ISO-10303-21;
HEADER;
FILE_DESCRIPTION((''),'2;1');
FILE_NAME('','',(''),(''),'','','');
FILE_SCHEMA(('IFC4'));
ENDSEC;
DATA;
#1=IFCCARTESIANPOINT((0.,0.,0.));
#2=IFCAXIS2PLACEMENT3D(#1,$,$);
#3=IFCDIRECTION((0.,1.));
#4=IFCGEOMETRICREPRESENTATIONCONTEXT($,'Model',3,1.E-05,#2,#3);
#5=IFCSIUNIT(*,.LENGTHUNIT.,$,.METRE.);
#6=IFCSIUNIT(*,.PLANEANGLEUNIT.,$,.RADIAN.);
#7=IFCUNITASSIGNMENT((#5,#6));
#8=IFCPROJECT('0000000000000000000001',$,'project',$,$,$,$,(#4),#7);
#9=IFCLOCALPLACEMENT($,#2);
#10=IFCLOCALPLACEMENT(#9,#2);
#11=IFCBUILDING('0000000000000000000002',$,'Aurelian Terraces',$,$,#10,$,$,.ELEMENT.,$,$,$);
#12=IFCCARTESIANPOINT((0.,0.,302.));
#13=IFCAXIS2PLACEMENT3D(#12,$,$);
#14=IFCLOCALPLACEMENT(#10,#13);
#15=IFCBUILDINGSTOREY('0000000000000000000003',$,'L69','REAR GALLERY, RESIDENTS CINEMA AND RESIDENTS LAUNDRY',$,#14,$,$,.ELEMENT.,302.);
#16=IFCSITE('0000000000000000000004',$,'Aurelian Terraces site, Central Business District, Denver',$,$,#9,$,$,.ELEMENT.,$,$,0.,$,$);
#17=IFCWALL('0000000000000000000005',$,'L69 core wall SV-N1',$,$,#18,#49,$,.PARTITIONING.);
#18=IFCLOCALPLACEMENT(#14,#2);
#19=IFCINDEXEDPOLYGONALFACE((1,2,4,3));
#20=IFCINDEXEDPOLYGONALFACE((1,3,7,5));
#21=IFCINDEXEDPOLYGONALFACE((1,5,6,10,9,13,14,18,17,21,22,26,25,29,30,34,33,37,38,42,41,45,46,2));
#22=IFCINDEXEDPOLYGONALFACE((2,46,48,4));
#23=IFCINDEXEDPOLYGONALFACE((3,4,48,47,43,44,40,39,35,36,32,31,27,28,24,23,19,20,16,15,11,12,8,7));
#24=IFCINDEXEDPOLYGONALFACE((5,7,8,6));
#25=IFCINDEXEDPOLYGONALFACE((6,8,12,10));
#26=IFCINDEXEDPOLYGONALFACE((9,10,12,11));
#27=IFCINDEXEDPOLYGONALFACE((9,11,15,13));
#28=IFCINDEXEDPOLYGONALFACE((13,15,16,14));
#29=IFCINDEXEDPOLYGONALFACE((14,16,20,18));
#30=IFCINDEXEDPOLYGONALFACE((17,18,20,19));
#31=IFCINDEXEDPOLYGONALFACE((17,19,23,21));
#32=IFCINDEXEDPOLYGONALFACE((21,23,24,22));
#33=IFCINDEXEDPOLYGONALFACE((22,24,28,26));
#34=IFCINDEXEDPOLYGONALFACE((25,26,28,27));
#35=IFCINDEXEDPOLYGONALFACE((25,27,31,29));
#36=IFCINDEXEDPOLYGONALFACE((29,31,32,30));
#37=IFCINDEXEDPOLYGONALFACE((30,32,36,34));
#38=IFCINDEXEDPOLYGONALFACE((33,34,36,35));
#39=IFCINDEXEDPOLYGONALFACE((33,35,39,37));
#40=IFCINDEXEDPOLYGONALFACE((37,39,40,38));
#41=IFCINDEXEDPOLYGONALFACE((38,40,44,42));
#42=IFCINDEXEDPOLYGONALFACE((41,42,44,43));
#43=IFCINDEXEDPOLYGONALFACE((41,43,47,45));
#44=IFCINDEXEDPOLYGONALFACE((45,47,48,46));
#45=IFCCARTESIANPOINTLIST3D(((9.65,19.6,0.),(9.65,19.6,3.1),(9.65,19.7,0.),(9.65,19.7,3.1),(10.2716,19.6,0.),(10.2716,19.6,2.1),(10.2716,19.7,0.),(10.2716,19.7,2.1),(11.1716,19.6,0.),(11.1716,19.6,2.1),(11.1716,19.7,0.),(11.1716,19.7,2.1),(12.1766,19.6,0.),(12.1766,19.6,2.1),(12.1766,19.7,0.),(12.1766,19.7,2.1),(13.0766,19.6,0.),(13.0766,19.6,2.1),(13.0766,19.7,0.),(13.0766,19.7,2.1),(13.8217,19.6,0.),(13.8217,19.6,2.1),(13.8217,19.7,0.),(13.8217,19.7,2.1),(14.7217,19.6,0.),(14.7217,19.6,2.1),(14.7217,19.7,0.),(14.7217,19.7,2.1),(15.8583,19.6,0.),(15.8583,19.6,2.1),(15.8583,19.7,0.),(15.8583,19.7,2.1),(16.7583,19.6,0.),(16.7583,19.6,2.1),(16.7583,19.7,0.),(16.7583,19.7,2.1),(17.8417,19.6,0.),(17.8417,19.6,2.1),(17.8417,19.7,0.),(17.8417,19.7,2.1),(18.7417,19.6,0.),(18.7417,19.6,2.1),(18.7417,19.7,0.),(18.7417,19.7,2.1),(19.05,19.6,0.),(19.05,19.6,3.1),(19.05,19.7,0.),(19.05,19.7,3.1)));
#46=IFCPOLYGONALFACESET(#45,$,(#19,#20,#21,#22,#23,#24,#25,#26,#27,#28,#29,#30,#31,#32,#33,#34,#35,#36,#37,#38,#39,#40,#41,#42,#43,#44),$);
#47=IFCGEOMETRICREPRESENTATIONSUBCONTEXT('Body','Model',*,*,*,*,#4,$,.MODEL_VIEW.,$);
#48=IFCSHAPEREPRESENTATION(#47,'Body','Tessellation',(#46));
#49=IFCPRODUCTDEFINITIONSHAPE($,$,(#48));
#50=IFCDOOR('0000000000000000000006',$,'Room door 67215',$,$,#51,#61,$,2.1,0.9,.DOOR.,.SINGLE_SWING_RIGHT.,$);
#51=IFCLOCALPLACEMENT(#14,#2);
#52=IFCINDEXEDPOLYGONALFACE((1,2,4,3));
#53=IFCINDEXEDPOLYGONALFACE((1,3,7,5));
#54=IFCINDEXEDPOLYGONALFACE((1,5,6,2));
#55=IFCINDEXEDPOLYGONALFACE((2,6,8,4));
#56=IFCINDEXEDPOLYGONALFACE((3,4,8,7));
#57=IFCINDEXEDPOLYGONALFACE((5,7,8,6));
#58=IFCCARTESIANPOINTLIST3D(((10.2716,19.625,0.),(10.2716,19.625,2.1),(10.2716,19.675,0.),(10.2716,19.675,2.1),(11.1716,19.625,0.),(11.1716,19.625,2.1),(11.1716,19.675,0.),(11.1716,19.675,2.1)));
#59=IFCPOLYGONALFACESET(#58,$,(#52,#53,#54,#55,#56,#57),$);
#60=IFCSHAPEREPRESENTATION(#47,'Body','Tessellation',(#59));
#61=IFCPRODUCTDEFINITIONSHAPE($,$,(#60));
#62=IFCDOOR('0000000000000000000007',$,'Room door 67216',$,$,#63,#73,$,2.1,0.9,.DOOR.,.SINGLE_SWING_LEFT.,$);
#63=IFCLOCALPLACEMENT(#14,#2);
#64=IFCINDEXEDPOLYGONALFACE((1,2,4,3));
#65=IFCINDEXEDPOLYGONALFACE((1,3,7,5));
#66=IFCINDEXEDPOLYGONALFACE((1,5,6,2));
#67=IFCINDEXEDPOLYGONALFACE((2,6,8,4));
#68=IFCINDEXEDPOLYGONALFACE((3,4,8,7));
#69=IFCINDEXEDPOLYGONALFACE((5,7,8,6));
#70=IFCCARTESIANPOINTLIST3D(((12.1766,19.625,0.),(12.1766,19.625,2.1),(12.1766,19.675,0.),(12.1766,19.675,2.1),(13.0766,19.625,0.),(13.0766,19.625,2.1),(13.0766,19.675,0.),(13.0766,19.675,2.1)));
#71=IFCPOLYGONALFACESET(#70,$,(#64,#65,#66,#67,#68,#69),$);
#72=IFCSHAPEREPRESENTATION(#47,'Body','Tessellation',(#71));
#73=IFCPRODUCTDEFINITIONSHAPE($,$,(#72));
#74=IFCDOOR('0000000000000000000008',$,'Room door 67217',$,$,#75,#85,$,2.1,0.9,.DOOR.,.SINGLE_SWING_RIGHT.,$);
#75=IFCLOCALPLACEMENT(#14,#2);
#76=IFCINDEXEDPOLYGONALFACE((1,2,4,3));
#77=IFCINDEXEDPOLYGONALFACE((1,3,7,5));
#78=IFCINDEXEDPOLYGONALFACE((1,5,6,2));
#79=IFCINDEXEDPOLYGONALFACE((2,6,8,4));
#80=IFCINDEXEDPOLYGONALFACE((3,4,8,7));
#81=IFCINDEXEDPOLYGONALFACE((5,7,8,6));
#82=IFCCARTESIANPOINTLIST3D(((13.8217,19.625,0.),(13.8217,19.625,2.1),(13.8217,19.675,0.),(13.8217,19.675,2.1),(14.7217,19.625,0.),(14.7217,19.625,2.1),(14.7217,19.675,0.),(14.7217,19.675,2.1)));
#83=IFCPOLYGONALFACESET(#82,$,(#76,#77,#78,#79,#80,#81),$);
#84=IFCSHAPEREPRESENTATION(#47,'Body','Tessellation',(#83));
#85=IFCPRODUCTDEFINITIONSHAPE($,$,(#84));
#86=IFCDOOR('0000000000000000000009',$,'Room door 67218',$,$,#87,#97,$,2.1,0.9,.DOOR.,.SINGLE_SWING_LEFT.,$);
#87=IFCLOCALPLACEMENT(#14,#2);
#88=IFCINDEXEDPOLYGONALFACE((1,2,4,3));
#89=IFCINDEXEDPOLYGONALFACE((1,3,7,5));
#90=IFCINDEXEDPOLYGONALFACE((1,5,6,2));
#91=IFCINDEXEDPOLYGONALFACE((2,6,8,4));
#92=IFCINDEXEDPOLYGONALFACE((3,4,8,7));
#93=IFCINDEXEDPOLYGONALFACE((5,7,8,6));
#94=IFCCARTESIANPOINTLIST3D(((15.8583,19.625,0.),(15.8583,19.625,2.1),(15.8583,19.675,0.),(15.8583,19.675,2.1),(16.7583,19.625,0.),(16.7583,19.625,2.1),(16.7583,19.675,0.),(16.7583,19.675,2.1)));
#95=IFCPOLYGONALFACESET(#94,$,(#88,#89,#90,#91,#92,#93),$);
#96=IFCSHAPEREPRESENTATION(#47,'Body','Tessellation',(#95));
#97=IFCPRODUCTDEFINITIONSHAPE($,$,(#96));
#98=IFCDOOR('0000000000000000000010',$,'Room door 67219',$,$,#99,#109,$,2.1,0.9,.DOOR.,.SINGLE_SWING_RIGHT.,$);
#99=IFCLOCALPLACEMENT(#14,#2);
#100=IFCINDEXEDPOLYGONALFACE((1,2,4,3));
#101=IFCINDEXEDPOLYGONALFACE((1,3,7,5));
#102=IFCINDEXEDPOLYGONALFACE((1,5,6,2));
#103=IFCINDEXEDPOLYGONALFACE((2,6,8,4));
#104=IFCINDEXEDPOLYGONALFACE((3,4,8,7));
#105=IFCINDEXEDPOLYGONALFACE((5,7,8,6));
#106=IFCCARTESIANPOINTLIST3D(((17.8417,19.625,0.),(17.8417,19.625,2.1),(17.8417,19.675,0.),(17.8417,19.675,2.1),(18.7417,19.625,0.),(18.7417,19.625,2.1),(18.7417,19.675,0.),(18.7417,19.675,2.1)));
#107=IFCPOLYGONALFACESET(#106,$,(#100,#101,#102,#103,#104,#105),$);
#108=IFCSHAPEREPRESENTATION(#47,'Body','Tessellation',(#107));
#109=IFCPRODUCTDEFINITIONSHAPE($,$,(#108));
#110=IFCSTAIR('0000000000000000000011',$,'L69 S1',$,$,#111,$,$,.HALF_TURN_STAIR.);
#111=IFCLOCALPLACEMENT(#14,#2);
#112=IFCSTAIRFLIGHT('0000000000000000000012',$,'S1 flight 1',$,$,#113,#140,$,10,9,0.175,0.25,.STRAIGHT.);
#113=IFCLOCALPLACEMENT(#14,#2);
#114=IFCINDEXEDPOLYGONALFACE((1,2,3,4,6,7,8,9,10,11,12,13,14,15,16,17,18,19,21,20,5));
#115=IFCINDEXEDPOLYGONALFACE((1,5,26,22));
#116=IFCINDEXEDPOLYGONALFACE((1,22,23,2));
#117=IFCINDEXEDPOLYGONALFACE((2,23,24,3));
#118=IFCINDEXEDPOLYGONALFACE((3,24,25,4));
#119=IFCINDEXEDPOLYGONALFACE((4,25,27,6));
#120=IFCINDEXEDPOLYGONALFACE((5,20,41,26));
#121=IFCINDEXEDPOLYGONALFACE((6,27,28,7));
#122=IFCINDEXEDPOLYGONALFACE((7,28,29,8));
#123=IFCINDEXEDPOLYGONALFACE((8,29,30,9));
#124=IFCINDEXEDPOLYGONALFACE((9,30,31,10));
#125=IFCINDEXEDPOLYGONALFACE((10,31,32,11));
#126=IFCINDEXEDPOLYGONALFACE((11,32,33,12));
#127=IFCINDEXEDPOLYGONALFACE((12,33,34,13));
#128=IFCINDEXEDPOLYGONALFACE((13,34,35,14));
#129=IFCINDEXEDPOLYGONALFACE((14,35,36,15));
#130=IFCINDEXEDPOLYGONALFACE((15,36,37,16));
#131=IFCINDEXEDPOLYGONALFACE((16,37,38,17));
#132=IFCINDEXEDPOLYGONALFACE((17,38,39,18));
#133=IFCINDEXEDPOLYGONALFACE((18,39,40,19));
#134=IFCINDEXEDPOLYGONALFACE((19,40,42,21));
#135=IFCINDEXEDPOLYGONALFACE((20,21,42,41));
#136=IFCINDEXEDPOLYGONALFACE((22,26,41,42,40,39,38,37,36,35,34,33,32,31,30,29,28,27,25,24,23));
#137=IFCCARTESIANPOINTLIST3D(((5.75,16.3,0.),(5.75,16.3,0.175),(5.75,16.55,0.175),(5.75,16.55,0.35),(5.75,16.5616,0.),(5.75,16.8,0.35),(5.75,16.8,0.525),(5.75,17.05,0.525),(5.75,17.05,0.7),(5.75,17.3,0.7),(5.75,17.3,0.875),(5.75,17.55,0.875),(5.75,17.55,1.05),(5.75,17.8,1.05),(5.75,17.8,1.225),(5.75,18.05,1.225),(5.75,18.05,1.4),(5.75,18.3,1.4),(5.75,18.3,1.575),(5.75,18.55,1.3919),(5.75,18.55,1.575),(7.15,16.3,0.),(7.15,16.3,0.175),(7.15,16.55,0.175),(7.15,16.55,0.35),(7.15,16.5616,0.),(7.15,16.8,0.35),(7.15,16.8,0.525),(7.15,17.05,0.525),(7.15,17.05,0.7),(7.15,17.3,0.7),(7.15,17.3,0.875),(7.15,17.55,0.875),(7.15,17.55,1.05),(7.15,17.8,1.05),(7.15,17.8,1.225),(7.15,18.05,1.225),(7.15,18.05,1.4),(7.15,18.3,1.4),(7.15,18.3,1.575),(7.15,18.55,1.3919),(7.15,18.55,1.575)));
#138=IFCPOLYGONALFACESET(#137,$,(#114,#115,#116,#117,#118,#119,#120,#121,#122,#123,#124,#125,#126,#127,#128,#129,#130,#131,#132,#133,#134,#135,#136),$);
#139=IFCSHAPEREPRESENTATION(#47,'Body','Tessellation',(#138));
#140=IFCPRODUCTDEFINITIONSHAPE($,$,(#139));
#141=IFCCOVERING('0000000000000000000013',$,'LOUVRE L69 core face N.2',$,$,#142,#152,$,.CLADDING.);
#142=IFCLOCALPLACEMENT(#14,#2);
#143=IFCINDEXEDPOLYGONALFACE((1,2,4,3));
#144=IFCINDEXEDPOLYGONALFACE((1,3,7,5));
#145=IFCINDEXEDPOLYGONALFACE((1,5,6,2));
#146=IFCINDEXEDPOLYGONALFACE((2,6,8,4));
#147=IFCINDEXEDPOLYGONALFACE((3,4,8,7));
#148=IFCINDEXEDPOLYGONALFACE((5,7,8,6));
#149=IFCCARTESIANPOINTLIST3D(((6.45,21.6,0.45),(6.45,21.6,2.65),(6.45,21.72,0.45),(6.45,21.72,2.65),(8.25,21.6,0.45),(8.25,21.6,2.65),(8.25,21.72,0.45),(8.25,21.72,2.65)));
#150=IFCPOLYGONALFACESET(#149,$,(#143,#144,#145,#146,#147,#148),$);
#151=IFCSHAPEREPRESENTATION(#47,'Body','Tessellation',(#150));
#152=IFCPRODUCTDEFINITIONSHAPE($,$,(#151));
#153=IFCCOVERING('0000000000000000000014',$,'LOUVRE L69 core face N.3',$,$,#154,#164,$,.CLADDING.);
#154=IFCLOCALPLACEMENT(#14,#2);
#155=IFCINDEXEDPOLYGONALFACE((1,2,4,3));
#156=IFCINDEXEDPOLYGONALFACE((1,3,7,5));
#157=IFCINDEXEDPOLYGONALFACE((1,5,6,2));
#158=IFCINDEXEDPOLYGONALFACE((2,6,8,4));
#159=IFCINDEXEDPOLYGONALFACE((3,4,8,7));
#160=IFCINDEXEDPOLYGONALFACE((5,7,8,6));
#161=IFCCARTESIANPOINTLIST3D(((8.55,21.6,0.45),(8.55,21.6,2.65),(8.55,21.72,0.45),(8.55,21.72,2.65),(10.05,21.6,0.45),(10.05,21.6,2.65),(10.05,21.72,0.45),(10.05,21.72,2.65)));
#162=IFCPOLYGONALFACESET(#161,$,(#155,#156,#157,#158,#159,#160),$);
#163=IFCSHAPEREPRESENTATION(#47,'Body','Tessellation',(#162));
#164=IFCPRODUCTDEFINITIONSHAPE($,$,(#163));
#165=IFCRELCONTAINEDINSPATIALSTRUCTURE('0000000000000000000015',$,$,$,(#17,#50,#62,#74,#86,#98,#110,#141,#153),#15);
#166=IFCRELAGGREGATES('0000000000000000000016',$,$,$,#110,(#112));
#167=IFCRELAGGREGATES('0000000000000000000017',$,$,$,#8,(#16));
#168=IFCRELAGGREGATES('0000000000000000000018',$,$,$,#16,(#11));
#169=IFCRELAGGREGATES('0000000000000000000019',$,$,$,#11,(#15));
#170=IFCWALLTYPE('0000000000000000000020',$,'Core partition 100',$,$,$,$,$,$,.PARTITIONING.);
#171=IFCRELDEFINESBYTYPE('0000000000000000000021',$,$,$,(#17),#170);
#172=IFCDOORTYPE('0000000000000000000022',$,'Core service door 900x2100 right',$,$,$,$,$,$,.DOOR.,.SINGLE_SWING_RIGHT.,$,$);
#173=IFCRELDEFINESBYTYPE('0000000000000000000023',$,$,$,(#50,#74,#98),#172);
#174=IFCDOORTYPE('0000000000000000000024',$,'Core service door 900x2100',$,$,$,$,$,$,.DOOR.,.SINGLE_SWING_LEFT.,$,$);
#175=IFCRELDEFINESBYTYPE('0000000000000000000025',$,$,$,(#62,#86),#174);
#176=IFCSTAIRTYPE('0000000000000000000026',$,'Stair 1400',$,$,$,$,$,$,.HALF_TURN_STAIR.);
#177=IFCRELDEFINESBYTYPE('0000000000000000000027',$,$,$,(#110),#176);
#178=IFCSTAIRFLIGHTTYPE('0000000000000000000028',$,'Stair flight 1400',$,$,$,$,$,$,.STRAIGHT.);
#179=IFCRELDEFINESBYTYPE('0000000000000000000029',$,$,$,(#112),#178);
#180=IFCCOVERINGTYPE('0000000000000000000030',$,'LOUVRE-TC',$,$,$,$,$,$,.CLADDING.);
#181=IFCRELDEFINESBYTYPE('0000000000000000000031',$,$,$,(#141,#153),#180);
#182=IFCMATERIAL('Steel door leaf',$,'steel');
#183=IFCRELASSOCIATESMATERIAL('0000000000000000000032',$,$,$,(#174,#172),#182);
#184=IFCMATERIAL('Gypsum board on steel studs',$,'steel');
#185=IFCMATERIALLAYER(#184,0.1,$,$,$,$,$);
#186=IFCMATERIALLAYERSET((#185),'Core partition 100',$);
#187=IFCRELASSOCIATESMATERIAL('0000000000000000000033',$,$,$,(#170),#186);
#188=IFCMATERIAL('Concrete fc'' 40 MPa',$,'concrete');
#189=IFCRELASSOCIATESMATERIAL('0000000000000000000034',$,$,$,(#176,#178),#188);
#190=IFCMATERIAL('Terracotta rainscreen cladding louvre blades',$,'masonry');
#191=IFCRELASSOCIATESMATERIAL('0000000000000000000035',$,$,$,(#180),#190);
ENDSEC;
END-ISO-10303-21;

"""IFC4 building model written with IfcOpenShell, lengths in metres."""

from ifc_helpers import new_model, si_unit, direction, frame, frame_2d, origin, origin_2d, place, context, subcontext, project, spatial, polyline, rectangle, outline, extrude, source, transform, mapped, material, layer, layer_set, type_object, element, fill, aggregate, save


model = new_model("IFC4")

# Units and contexts
model_context = context("Model", 3, precision=1e-05, world=origin(), true_north=direction((0.0, 1.0)))
body_context = subcontext(model_context, "Body", "Model", "MODEL_VIEW")
ifc_project = project(units=[si_unit("LENGTHUNIT", "METRE"), si_unit("PLANEANGLEUNIT", "RADIAN")], contexts=[model_context])

# Site, building, storey
site_placement = place(None, origin())
site = spatial("IfcSite", under=ifc_project, at=site_placement, Name="Aurelian Terraces site, Central Business District, Denver", CompositionType="ELEMENT", RefElevation=0.0)
building_placement = place(site_placement, origin())
building = spatial("IfcBuilding", under=site, at=building_placement, Name="Aurelian Terraces", CompositionType="ELEMENT")
storey_placement = place(building_placement, frame((0.0, 0.0, 302.0)))
storey = spatial("IfcBuildingStorey", under=building, at=storey_placement, Name="L69", Description="REAR GALLERY, RESIDENTS CINEMA AND RESIDENTS LAUNDRY", CompositionType="ELEMENT", Elevation=302.0)

# Shared definitions
ifc_material_1 = material(Name="Steel door leaf", Category="steel")

# Shared definitions
ifc_material_2 = material(Name="Gypsum board on steel studs", Category="steel")
door_type_1 = type_object("IfcDoorType", Name="Core service door 900x2100", OperationType="SINGLE_SWING_LEFT", PredefinedType="DOOR", material=ifc_material_1)
shared_shape_1 = source(origin(), body_context, "Body", "SweptSolid", [
    extrude(rectangle(XDim=0.9, YDim=2.1, at=frame_2d((0.45, 1.05))), frame((0.0, 0.025, 0.0), z_axis=(0.0, -1.0, 0.0), x_axis=(1.0, 0.0, 0.0)), (0.0, 0.0, 1.0), 0.05),
])
door_type_2 = type_object("IfcDoorType", Name="Core service door 900x2100 right", OperationType="SINGLE_SWING_RIGHT", PredefinedType="DOOR", material=ifc_material_1)

# Shared definitions
ifc_layer_1 = layer(ifc_material_2, 0.1)
ifc_layer_set_1 = layer_set([ifc_layer_1], Name="Core partition 100")
wall_type_1 = type_object("IfcWallType", Name="Core partition 100", PredefinedType="PARTITIONING", material=ifc_layer_set_1)

# Wall, openings, doors
shared_shape_2 = source(origin(), body_context, "Body", "SweptSolid", [
    extrude(rectangle(XDim=9.4, YDim=0.1, at=frame_2d((4.7, 0.0))), origin(), (0.0, 0.0, 1.0), 3.1),
])
wall_1_placement = place(storey_placement, frame((9.65, 19.65, 0.0), z_axis=(0.0, 0.0, 1.0), x_axis=(1.0, 0.0, 0.0)))
wall_1 = element("IfcWall", 1, at=wall_1_placement, inside=storey, type_object=wall_type_1, Name="L69 core wall SV-N1", PredefinedType="PARTITIONING", context=body_context, shape_type="MappedRepresentation", body=[
    mapped(shared_shape_2, transform((0.0, 0.0, 0.0), scale=1.0)),
])
shared_shape_3 = source(origin(), body_context, "Body", "SweptSolid", [
    extrude(rectangle(XDim=0.9, YDim=2.1, at=frame_2d((0.45, 1.05))), frame((0.0, 0.06, 0.0), z_axis=(0.0, -1.0, 0.0), x_axis=(1.0, 0.0, 0.0)), (0.0, 0.0, 1.0), 0.12),
])
opening_1_placement = place(wall_1_placement, frame((0.6216, 0.0, 0.0)))
opening_1 = element("IfcOpeningElement", 2, at=opening_1_placement, cuts=wall_1, PredefinedType="OPENING", context=body_context, shape_type="MappedRepresentation", body=[
    mapped(shared_shape_3, transform((0.0, 0.0, 0.0), scale=1.0)),
])
opening_2_placement = place(wall_1_placement, frame((2.5266, 0.0, 0.0)))
opening_2 = element("IfcOpeningElement", 3, at=opening_2_placement, cuts=wall_1, PredefinedType="OPENING", context=body_context, shape_type="MappedRepresentation", body=[
    mapped(shared_shape_3, transform((0.0, 0.0, 0.0), scale=1.0)),
])
opening_3_placement = place(wall_1_placement, frame((4.1717, 0.0, 0.0)))
opening_3 = element("IfcOpeningElement", 4, at=opening_3_placement, cuts=wall_1, PredefinedType="OPENING", context=body_context, shape_type="MappedRepresentation", body=[
    mapped(shared_shape_3, transform((0.0, 0.0, 0.0), scale=1.0)),
])
opening_4_placement = place(wall_1_placement, frame((6.2083, 0.0, 0.0)))
opening_4 = element("IfcOpeningElement", 5, at=opening_4_placement, cuts=wall_1, PredefinedType="OPENING", context=body_context, shape_type="MappedRepresentation", body=[
    mapped(shared_shape_3, transform((0.0, 0.0, 0.0), scale=1.0)),
])
opening_5_placement = place(wall_1_placement, frame((8.1917, 0.0, 0.0)))
opening_5 = element("IfcOpeningElement", 6, at=opening_5_placement, cuts=wall_1, PredefinedType="OPENING", context=body_context, shape_type="MappedRepresentation", body=[
    mapped(shared_shape_3, transform((0.0, 0.0, 0.0), scale=1.0)),
])
door_1_placement = place(opening_1_placement, origin())
door_1 = element("IfcDoor", 7, at=door_1_placement, inside=storey, type_object=door_type_2, Name="Room door 67215", OperationType="SINGLE_SWING_RIGHT", OverallHeight=2.1, OverallWidth=0.9, PredefinedType="DOOR", context=body_context, shape_type="MappedRepresentation", body=[
    mapped(shared_shape_1, transform((0.0, 0.0, 0.0), scale=1.0)),
])
fill(opening_1, door_1)
door_2_placement = place(opening_2_placement, origin())
door_2 = element("IfcDoor", 8, at=door_2_placement, inside=storey, type_object=door_type_1, Name="Room door 67216", OperationType="SINGLE_SWING_LEFT", OverallHeight=2.1, OverallWidth=0.9, PredefinedType="DOOR", context=body_context, shape_type="MappedRepresentation", body=[
    mapped(shared_shape_1, transform((0.0, 0.0, 0.0), scale=1.0)),
])
fill(opening_2, door_2)
door_3_placement = place(opening_3_placement, origin())
door_3 = element("IfcDoor", 9, at=door_3_placement, inside=storey, type_object=door_type_2, Name="Room door 67217", OperationType="SINGLE_SWING_RIGHT", OverallHeight=2.1, OverallWidth=0.9, PredefinedType="DOOR", context=body_context, shape_type="MappedRepresentation", body=[
    mapped(shared_shape_1, transform((0.0, 0.0, 0.0), scale=1.0)),
])
fill(opening_3, door_3)
door_4_placement = place(opening_4_placement, origin())
door_4 = element("IfcDoor", 10, at=door_4_placement, inside=storey, type_object=door_type_1, Name="Room door 67218", OperationType="SINGLE_SWING_LEFT", OverallHeight=2.1, OverallWidth=0.9, PredefinedType="DOOR", context=body_context, shape_type="MappedRepresentation", body=[
    mapped(shared_shape_1, transform((0.0, 0.0, 0.0), scale=1.0)),
])
fill(opening_4, door_4)
door_5_placement = place(opening_5_placement, origin())
door_5 = element("IfcDoor", 11, at=door_5_placement, inside=storey, type_object=door_type_2, Name="Room door 67219", OperationType="SINGLE_SWING_RIGHT", OverallHeight=2.1, OverallWidth=0.9, PredefinedType="DOOR", context=body_context, shape_type="MappedRepresentation", body=[
    mapped(shared_shape_1, transform((0.0, 0.0, 0.0), scale=1.0)),
])
fill(opening_5, door_5)

# Stair, stair flight
ifc_material_3 = material(Name="Concrete fc' 40 MPa", Category="concrete")
stair_type = type_object("IfcStairType", Name="Stair 1400", PredefinedType="HALF_TURN_STAIR", material=ifc_material_3)
stair_placement = place(storey_placement, origin())
stair = element("IfcStair", 12, at=stair_placement, inside=storey, type_object=stair_type, Name="L69 S1", PredefinedType="HALF_TURN_STAIR")
stair_flight_type = type_object("IfcStairFlightType", Name="Stair flight 1400", PredefinedType="STRAIGHT", material=ifc_material_3)
shared_shape_4 = source(origin(), body_context, "Body", "SweptSolid", [
    extrude(outline(polyline([(0.0, 0.0), (0.0, 0.175), (0.25, 0.175), (0.25, 0.35), (0.5, 0.35), (0.5, 0.525), (0.75, 0.525), (0.75, 0.7), (1.0, 0.7), (1.0, 0.875), (1.25, 0.875), (1.25, 1.05), (1.5, 1.05), (1.5, 1.225), (1.75, 1.225), (1.75, 1.4), (2.0, 1.4), (2.0, 1.575), (2.25, 1.575), (2.25, 1.75), (2.25, 1.3919), (0.2616, 0.0), (0.0, 0.0)])), frame((0.0, 0.7, 0.0), z_axis=(0.0, -1.0, 0.0), x_axis=(1.0, 0.0, 0.0)), (0.0, 0.0, 1.0), 1.4),
])
stair_flight_placement = place(storey_placement, frame((6.45, 16.3, 0.0), z_axis=(0.0, 0.0, 1.0), x_axis=(0.0, 1.0, 0.0)))
stair_flight = element("IfcStairFlight", 13, at=stair_flight_placement, type_object=stair_flight_type, Name="S1 flight 1", NumberOfRisers=10, NumberOfTreads=9, PredefinedType="STRAIGHT", RiserHeight=0.175, TreadLength=0.25, context=body_context, shape_type="MappedRepresentation", body=[
    mapped(shared_shape_4, transform((0.0, 0.0, 0.0), scale=1.0)),
])
aggregate(stair, [stair_flight])

# Coverings
ifc_material_4 = material(Name="Terracotta rainscreen cladding louvre blades", Category="masonry")
covering_type = type_object("IfcCoveringType", Name="LOUVRE-TC", PredefinedType="CLADDING", material=ifc_material_4)
shared_shape_5 = source(origin(), body_context, "Body", "SweptSolid", [
    extrude(rectangle(XDim=1.8, YDim=0.12, at=origin_2d()), origin(), (0.0, 0.0, 1.0), 2.2),
])
covering_1_placement = place(storey_placement, frame((7.35, 21.66, 0.45), z_axis=(0.0, 0.0, 1.0), x_axis=(1.0, 0.0, 0.0)))
element("IfcCovering", 14, at=covering_1_placement, inside=storey, type_object=covering_type, Name="LOUVRE L69 core face N.2", PredefinedType="CLADDING", context=body_context, shape_type="MappedRepresentation", body=[
    mapped(shared_shape_5, transform((0.0, 0.0, 0.0), scale=1.0)),
])
shared_shape_6 = source(origin(), body_context, "Body", "SweptSolid", [
    extrude(rectangle(XDim=1.5, YDim=0.12, at=origin_2d()), origin(), (0.0, 0.0, 1.0), 2.2),
])
covering_2_placement = place(storey_placement, frame((9.3, 21.66, 0.45), z_axis=(0.0, 0.0, 1.0), x_axis=(1.0, 0.0, 0.0)))
element("IfcCovering", 15, at=covering_2_placement, inside=storey, type_object=covering_type, Name="LOUVRE L69 core face N.3", PredefinedType="CLADDING", context=body_context, shape_type="MappedRepresentation", body=[
    mapped(shared_shape_6, transform((0.0, 0.0, 0.0), scale=1.0)),
])

save(model, "model.ifc")
